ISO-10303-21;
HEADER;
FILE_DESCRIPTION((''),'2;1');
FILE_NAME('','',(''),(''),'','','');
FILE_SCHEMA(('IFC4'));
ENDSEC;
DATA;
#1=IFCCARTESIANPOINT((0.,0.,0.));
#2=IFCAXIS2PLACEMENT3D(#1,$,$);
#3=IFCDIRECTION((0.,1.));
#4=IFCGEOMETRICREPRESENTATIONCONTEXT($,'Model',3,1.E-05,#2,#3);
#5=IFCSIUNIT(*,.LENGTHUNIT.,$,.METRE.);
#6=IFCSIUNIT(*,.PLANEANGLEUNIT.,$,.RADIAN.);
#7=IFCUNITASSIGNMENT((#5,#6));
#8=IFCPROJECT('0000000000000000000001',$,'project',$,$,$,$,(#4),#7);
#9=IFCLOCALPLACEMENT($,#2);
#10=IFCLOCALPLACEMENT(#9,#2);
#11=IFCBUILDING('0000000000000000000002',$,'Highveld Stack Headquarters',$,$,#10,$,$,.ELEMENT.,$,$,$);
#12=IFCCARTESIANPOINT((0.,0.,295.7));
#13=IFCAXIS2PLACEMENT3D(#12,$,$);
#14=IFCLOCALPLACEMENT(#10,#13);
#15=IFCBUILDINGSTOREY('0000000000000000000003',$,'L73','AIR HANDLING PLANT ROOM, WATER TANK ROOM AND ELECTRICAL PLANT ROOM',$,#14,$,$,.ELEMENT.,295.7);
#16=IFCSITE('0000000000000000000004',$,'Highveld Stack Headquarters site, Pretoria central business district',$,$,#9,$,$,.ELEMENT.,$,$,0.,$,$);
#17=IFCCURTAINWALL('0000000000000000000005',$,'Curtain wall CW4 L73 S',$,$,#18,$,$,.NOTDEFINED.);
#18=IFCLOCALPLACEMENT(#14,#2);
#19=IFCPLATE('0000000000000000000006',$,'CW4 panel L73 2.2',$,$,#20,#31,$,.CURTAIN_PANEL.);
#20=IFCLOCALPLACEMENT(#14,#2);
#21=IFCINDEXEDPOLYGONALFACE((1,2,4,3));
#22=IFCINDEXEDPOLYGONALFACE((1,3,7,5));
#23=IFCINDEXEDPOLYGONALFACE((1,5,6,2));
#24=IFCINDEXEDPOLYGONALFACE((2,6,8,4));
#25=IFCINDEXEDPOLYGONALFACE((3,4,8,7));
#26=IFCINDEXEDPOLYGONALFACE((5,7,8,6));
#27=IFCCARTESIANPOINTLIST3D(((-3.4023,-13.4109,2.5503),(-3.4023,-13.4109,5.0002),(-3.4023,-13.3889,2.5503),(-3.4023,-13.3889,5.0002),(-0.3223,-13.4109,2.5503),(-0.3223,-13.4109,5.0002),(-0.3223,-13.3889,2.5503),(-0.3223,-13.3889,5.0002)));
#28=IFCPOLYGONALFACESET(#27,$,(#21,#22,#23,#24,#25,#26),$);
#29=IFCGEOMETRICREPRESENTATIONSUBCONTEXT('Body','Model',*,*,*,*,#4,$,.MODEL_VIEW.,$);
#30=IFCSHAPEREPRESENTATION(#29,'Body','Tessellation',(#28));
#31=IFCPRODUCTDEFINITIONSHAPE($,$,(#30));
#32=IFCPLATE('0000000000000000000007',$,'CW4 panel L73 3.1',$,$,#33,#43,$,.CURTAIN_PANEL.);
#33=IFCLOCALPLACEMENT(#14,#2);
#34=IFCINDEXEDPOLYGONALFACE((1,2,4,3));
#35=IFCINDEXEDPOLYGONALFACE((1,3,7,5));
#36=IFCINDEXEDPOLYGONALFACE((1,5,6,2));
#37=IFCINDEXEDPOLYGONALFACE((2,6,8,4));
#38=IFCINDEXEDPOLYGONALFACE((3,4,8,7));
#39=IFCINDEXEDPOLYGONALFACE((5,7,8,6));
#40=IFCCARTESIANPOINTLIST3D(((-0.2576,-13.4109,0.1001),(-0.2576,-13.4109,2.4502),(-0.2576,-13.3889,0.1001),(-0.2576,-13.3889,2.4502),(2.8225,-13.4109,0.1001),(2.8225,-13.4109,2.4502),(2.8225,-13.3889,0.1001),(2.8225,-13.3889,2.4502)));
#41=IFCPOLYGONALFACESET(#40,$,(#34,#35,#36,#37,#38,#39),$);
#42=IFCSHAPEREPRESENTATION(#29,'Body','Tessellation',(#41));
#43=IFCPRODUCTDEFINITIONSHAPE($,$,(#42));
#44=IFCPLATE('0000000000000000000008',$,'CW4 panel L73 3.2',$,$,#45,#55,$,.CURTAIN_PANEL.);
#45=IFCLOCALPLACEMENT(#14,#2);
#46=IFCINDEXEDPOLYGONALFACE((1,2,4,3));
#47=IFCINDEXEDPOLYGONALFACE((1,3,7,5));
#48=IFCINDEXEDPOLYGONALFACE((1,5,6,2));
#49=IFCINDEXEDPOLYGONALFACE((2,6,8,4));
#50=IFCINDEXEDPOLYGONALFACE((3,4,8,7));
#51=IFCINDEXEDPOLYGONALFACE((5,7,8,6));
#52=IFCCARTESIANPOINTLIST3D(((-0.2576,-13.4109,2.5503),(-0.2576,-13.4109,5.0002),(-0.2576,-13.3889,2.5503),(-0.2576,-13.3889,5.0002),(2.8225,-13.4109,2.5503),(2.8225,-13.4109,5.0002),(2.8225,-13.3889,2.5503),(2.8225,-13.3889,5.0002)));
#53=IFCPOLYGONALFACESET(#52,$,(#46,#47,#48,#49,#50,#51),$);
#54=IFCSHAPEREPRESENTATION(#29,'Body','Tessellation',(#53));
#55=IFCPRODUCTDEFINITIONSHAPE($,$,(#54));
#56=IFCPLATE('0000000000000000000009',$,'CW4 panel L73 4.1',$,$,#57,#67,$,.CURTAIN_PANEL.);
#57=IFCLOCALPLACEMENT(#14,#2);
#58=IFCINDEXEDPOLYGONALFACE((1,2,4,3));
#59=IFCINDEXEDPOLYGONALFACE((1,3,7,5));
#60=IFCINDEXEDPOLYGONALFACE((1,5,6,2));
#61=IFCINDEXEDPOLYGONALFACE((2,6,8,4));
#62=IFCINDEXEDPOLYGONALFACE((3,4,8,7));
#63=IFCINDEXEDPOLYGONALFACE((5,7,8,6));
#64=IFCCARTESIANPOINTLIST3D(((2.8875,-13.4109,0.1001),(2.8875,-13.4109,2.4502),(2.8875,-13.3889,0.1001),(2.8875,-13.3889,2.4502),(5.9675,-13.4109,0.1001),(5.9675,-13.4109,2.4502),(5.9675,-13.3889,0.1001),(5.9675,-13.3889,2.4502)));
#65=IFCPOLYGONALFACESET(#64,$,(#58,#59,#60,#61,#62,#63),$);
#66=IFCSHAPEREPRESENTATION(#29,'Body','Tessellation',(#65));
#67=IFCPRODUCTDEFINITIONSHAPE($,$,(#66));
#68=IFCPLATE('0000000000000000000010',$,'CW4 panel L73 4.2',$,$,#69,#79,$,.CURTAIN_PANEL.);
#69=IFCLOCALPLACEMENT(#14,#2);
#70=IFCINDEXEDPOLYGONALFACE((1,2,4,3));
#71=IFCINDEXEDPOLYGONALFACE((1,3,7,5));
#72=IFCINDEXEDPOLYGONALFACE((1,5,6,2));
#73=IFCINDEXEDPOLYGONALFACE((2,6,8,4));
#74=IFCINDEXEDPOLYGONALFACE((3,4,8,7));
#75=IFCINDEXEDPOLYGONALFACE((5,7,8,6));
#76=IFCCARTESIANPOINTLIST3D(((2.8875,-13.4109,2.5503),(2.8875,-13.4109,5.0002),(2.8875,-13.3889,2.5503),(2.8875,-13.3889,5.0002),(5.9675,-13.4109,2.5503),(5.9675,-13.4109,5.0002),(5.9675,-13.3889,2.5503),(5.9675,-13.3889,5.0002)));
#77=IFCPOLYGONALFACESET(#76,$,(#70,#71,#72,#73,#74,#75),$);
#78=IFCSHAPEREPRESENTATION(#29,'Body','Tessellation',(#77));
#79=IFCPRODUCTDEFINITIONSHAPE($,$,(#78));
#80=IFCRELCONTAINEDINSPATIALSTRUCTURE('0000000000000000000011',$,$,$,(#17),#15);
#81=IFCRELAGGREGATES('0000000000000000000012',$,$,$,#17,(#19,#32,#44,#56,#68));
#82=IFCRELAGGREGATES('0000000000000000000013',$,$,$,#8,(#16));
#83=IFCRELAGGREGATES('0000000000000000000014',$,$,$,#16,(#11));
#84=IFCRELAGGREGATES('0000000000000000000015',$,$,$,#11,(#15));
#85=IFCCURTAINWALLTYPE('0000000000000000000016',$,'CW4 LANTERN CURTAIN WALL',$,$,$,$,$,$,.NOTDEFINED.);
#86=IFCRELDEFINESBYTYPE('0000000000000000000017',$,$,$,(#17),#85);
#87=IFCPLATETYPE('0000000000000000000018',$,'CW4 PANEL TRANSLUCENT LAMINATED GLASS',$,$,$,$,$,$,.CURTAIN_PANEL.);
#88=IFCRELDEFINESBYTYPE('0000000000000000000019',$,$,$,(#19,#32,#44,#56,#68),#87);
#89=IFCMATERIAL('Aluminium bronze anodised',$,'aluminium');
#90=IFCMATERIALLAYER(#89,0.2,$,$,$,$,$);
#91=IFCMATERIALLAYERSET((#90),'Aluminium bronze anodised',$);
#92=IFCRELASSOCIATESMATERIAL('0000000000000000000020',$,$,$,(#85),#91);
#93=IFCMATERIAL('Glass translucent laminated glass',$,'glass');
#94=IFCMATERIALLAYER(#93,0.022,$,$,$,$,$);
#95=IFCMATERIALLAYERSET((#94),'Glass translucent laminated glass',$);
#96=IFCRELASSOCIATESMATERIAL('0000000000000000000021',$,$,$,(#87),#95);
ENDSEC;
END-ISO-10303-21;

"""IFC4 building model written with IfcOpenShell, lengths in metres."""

from ifc_helpers import new_model, si_unit, direction, frame, origin, origin_2d, place, context, subcontext, project, spatial, rectangle, extrude, material, layer, layer_set, type_object, element, aggregate, save


model = new_model("IFC4")

# Units and contexts
model_context = context("Model", 3, precision=1e-05, world=origin(), true_north=direction((0.0, 1.0)))
body_context = subcontext(model_context, "Body", "Model", "MODEL_VIEW")
ifc_project = project(units=[si_unit("LENGTHUNIT", "METRE"), si_unit("PLANEANGLEUNIT", "RADIAN")], contexts=[model_context])

# Site, building, storey
site_placement = place(None, origin())
site = spatial("IfcSite", under=ifc_project, at=site_placement, Name="Highveld Stack Headquarters site, Pretoria central business district", CompositionType="ELEMENT", RefElevation=0.0)
building_placement = place(site_placement, origin())
building = spatial("IfcBuilding", under=site, at=building_placement, Name="Highveld Stack Headquarters", CompositionType="ELEMENT")
storey_placement = place(building_placement, frame((0.0, 0.0, 295.7)))
storey = spatial("IfcBuildingStorey", under=building, at=storey_placement, Name="L73", Description="AIR HANDLING PLANT ROOM, WATER TANK ROOM AND ELECTRICAL PLANT ROOM", CompositionType="ELEMENT", Elevation=295.7)

# Curtain wall
ifc_material_1 = material(Name="Aluminium bronze anodised", Category="aluminium")
ifc_layer_1 = layer(ifc_material_1, 0.2)
ifc_layer_set_1 = layer_set([ifc_layer_1], Name="Aluminium bronze anodised")
curtain_wall_type = type_object("IfcCurtainWallType", Name="CW4 LANTERN CURTAIN WALL", PredefinedType="NOTDEFINED", material=ifc_layer_set_1)
curtain_wall_placement = place(storey_placement, origin())
curtain_wall = element("IfcCurtainWall", 1, at=curtain_wall_placement, inside=storey, type_object=curtain_wall_type, Name="Curtain wall CW4 L73 S", PredefinedType="NOTDEFINED")

# Plates
ifc_material_2 = material(Name="Glass translucent laminated glass", Category="glass")
ifc_layer_2 = layer(ifc_material_2, 0.022)
ifc_layer_set_2 = layer_set([ifc_layer_2], Name="Glass translucent laminated glass")
plate_type = type_object("IfcPlateType", Name="CW4 PANEL TRANSLUCENT LAMINATED GLASS", PredefinedType="CURTAIN_PANEL", material=ifc_layer_set_2)
plate_1_placement = place(storey_placement, frame((-1.8623, -13.3999, 2.5503), z_axis=(0.0, 0.0, 1.0), x_axis=(1.0, 0.0, 0.0)))
plate_1 = element("IfcPlate", 2, at=plate_1_placement, type_object=plate_type, Name="CW4 panel L73 2.2", PredefinedType="CURTAIN_PANEL", context=body_context, shape_type="SweptSolid", body=[
    extrude(rectangle(XDim=3.0801, YDim=0.022, at=origin_2d()), origin(), (0.0, 0.0, 1.0), 2.45),
])
plate_2_placement = place(storey_placement, frame((1.2825, -13.3999, 0.1001), z_axis=(0.0, 0.0, 1.0), x_axis=(1.0, 0.0, 0.0)))
plate_2 = element("IfcPlate", 3, at=plate_2_placement, type_object=plate_type, Name="CW4 panel L73 3.1", PredefinedType="CURTAIN_PANEL", context=body_context, shape_type="SweptSolid", body=[
    extrude(rectangle(XDim=3.0801, YDim=0.022, at=origin_2d()), origin(), (0.0, 0.0, 1.0), 2.3501),
])
plate_3_placement = place(storey_placement, frame((1.2825, -13.3999, 2.5503), z_axis=(0.0, 0.0, 1.0), x_axis=(1.0, 0.0, 0.0)))
plate_3 = element("IfcPlate", 4, at=plate_3_placement, type_object=plate_type, Name="CW4 panel L73 3.2", PredefinedType="CURTAIN_PANEL", context=body_context, shape_type="SweptSolid", body=[
    extrude(rectangle(XDim=3.0801, YDim=0.022, at=origin_2d()), origin(), (0.0, 0.0, 1.0), 2.45),
])
plate_4_placement = place(storey_placement, frame((4.4275, -13.3999, 0.1001), z_axis=(0.0, 0.0, 1.0), x_axis=(1.0, 0.0, 0.0)))
plate_4 = element("IfcPlate", 5, at=plate_4_placement, type_object=plate_type, Name="CW4 panel L73 4.1", PredefinedType="CURTAIN_PANEL", context=body_context, shape_type="SweptSolid", body=[
    extrude(rectangle(XDim=3.0801, YDim=0.022, at=origin_2d()), origin(), (0.0, 0.0, 1.0), 2.3501),
])
plate_5_placement = place(storey_placement, frame((4.4275, -13.3999, 2.5503), z_axis=(0.0, 0.0, 1.0), x_axis=(1.0, 0.0, 0.0)))
plate_5 = element("IfcPlate", 6, at=plate_5_placement, type_object=plate_type, Name="CW4 panel L73 4.2", PredefinedType="CURTAIN_PANEL", context=body_context, shape_type="SweptSolid", body=[
    extrude(rectangle(XDim=3.0801, YDim=0.022, at=origin_2d()), origin(), (0.0, 0.0, 1.0), 2.45),
])
aggregate(curtain_wall, [plate_1, plate_2, plate_3, plate_4, plate_5])

save(model, "model.ifc")
